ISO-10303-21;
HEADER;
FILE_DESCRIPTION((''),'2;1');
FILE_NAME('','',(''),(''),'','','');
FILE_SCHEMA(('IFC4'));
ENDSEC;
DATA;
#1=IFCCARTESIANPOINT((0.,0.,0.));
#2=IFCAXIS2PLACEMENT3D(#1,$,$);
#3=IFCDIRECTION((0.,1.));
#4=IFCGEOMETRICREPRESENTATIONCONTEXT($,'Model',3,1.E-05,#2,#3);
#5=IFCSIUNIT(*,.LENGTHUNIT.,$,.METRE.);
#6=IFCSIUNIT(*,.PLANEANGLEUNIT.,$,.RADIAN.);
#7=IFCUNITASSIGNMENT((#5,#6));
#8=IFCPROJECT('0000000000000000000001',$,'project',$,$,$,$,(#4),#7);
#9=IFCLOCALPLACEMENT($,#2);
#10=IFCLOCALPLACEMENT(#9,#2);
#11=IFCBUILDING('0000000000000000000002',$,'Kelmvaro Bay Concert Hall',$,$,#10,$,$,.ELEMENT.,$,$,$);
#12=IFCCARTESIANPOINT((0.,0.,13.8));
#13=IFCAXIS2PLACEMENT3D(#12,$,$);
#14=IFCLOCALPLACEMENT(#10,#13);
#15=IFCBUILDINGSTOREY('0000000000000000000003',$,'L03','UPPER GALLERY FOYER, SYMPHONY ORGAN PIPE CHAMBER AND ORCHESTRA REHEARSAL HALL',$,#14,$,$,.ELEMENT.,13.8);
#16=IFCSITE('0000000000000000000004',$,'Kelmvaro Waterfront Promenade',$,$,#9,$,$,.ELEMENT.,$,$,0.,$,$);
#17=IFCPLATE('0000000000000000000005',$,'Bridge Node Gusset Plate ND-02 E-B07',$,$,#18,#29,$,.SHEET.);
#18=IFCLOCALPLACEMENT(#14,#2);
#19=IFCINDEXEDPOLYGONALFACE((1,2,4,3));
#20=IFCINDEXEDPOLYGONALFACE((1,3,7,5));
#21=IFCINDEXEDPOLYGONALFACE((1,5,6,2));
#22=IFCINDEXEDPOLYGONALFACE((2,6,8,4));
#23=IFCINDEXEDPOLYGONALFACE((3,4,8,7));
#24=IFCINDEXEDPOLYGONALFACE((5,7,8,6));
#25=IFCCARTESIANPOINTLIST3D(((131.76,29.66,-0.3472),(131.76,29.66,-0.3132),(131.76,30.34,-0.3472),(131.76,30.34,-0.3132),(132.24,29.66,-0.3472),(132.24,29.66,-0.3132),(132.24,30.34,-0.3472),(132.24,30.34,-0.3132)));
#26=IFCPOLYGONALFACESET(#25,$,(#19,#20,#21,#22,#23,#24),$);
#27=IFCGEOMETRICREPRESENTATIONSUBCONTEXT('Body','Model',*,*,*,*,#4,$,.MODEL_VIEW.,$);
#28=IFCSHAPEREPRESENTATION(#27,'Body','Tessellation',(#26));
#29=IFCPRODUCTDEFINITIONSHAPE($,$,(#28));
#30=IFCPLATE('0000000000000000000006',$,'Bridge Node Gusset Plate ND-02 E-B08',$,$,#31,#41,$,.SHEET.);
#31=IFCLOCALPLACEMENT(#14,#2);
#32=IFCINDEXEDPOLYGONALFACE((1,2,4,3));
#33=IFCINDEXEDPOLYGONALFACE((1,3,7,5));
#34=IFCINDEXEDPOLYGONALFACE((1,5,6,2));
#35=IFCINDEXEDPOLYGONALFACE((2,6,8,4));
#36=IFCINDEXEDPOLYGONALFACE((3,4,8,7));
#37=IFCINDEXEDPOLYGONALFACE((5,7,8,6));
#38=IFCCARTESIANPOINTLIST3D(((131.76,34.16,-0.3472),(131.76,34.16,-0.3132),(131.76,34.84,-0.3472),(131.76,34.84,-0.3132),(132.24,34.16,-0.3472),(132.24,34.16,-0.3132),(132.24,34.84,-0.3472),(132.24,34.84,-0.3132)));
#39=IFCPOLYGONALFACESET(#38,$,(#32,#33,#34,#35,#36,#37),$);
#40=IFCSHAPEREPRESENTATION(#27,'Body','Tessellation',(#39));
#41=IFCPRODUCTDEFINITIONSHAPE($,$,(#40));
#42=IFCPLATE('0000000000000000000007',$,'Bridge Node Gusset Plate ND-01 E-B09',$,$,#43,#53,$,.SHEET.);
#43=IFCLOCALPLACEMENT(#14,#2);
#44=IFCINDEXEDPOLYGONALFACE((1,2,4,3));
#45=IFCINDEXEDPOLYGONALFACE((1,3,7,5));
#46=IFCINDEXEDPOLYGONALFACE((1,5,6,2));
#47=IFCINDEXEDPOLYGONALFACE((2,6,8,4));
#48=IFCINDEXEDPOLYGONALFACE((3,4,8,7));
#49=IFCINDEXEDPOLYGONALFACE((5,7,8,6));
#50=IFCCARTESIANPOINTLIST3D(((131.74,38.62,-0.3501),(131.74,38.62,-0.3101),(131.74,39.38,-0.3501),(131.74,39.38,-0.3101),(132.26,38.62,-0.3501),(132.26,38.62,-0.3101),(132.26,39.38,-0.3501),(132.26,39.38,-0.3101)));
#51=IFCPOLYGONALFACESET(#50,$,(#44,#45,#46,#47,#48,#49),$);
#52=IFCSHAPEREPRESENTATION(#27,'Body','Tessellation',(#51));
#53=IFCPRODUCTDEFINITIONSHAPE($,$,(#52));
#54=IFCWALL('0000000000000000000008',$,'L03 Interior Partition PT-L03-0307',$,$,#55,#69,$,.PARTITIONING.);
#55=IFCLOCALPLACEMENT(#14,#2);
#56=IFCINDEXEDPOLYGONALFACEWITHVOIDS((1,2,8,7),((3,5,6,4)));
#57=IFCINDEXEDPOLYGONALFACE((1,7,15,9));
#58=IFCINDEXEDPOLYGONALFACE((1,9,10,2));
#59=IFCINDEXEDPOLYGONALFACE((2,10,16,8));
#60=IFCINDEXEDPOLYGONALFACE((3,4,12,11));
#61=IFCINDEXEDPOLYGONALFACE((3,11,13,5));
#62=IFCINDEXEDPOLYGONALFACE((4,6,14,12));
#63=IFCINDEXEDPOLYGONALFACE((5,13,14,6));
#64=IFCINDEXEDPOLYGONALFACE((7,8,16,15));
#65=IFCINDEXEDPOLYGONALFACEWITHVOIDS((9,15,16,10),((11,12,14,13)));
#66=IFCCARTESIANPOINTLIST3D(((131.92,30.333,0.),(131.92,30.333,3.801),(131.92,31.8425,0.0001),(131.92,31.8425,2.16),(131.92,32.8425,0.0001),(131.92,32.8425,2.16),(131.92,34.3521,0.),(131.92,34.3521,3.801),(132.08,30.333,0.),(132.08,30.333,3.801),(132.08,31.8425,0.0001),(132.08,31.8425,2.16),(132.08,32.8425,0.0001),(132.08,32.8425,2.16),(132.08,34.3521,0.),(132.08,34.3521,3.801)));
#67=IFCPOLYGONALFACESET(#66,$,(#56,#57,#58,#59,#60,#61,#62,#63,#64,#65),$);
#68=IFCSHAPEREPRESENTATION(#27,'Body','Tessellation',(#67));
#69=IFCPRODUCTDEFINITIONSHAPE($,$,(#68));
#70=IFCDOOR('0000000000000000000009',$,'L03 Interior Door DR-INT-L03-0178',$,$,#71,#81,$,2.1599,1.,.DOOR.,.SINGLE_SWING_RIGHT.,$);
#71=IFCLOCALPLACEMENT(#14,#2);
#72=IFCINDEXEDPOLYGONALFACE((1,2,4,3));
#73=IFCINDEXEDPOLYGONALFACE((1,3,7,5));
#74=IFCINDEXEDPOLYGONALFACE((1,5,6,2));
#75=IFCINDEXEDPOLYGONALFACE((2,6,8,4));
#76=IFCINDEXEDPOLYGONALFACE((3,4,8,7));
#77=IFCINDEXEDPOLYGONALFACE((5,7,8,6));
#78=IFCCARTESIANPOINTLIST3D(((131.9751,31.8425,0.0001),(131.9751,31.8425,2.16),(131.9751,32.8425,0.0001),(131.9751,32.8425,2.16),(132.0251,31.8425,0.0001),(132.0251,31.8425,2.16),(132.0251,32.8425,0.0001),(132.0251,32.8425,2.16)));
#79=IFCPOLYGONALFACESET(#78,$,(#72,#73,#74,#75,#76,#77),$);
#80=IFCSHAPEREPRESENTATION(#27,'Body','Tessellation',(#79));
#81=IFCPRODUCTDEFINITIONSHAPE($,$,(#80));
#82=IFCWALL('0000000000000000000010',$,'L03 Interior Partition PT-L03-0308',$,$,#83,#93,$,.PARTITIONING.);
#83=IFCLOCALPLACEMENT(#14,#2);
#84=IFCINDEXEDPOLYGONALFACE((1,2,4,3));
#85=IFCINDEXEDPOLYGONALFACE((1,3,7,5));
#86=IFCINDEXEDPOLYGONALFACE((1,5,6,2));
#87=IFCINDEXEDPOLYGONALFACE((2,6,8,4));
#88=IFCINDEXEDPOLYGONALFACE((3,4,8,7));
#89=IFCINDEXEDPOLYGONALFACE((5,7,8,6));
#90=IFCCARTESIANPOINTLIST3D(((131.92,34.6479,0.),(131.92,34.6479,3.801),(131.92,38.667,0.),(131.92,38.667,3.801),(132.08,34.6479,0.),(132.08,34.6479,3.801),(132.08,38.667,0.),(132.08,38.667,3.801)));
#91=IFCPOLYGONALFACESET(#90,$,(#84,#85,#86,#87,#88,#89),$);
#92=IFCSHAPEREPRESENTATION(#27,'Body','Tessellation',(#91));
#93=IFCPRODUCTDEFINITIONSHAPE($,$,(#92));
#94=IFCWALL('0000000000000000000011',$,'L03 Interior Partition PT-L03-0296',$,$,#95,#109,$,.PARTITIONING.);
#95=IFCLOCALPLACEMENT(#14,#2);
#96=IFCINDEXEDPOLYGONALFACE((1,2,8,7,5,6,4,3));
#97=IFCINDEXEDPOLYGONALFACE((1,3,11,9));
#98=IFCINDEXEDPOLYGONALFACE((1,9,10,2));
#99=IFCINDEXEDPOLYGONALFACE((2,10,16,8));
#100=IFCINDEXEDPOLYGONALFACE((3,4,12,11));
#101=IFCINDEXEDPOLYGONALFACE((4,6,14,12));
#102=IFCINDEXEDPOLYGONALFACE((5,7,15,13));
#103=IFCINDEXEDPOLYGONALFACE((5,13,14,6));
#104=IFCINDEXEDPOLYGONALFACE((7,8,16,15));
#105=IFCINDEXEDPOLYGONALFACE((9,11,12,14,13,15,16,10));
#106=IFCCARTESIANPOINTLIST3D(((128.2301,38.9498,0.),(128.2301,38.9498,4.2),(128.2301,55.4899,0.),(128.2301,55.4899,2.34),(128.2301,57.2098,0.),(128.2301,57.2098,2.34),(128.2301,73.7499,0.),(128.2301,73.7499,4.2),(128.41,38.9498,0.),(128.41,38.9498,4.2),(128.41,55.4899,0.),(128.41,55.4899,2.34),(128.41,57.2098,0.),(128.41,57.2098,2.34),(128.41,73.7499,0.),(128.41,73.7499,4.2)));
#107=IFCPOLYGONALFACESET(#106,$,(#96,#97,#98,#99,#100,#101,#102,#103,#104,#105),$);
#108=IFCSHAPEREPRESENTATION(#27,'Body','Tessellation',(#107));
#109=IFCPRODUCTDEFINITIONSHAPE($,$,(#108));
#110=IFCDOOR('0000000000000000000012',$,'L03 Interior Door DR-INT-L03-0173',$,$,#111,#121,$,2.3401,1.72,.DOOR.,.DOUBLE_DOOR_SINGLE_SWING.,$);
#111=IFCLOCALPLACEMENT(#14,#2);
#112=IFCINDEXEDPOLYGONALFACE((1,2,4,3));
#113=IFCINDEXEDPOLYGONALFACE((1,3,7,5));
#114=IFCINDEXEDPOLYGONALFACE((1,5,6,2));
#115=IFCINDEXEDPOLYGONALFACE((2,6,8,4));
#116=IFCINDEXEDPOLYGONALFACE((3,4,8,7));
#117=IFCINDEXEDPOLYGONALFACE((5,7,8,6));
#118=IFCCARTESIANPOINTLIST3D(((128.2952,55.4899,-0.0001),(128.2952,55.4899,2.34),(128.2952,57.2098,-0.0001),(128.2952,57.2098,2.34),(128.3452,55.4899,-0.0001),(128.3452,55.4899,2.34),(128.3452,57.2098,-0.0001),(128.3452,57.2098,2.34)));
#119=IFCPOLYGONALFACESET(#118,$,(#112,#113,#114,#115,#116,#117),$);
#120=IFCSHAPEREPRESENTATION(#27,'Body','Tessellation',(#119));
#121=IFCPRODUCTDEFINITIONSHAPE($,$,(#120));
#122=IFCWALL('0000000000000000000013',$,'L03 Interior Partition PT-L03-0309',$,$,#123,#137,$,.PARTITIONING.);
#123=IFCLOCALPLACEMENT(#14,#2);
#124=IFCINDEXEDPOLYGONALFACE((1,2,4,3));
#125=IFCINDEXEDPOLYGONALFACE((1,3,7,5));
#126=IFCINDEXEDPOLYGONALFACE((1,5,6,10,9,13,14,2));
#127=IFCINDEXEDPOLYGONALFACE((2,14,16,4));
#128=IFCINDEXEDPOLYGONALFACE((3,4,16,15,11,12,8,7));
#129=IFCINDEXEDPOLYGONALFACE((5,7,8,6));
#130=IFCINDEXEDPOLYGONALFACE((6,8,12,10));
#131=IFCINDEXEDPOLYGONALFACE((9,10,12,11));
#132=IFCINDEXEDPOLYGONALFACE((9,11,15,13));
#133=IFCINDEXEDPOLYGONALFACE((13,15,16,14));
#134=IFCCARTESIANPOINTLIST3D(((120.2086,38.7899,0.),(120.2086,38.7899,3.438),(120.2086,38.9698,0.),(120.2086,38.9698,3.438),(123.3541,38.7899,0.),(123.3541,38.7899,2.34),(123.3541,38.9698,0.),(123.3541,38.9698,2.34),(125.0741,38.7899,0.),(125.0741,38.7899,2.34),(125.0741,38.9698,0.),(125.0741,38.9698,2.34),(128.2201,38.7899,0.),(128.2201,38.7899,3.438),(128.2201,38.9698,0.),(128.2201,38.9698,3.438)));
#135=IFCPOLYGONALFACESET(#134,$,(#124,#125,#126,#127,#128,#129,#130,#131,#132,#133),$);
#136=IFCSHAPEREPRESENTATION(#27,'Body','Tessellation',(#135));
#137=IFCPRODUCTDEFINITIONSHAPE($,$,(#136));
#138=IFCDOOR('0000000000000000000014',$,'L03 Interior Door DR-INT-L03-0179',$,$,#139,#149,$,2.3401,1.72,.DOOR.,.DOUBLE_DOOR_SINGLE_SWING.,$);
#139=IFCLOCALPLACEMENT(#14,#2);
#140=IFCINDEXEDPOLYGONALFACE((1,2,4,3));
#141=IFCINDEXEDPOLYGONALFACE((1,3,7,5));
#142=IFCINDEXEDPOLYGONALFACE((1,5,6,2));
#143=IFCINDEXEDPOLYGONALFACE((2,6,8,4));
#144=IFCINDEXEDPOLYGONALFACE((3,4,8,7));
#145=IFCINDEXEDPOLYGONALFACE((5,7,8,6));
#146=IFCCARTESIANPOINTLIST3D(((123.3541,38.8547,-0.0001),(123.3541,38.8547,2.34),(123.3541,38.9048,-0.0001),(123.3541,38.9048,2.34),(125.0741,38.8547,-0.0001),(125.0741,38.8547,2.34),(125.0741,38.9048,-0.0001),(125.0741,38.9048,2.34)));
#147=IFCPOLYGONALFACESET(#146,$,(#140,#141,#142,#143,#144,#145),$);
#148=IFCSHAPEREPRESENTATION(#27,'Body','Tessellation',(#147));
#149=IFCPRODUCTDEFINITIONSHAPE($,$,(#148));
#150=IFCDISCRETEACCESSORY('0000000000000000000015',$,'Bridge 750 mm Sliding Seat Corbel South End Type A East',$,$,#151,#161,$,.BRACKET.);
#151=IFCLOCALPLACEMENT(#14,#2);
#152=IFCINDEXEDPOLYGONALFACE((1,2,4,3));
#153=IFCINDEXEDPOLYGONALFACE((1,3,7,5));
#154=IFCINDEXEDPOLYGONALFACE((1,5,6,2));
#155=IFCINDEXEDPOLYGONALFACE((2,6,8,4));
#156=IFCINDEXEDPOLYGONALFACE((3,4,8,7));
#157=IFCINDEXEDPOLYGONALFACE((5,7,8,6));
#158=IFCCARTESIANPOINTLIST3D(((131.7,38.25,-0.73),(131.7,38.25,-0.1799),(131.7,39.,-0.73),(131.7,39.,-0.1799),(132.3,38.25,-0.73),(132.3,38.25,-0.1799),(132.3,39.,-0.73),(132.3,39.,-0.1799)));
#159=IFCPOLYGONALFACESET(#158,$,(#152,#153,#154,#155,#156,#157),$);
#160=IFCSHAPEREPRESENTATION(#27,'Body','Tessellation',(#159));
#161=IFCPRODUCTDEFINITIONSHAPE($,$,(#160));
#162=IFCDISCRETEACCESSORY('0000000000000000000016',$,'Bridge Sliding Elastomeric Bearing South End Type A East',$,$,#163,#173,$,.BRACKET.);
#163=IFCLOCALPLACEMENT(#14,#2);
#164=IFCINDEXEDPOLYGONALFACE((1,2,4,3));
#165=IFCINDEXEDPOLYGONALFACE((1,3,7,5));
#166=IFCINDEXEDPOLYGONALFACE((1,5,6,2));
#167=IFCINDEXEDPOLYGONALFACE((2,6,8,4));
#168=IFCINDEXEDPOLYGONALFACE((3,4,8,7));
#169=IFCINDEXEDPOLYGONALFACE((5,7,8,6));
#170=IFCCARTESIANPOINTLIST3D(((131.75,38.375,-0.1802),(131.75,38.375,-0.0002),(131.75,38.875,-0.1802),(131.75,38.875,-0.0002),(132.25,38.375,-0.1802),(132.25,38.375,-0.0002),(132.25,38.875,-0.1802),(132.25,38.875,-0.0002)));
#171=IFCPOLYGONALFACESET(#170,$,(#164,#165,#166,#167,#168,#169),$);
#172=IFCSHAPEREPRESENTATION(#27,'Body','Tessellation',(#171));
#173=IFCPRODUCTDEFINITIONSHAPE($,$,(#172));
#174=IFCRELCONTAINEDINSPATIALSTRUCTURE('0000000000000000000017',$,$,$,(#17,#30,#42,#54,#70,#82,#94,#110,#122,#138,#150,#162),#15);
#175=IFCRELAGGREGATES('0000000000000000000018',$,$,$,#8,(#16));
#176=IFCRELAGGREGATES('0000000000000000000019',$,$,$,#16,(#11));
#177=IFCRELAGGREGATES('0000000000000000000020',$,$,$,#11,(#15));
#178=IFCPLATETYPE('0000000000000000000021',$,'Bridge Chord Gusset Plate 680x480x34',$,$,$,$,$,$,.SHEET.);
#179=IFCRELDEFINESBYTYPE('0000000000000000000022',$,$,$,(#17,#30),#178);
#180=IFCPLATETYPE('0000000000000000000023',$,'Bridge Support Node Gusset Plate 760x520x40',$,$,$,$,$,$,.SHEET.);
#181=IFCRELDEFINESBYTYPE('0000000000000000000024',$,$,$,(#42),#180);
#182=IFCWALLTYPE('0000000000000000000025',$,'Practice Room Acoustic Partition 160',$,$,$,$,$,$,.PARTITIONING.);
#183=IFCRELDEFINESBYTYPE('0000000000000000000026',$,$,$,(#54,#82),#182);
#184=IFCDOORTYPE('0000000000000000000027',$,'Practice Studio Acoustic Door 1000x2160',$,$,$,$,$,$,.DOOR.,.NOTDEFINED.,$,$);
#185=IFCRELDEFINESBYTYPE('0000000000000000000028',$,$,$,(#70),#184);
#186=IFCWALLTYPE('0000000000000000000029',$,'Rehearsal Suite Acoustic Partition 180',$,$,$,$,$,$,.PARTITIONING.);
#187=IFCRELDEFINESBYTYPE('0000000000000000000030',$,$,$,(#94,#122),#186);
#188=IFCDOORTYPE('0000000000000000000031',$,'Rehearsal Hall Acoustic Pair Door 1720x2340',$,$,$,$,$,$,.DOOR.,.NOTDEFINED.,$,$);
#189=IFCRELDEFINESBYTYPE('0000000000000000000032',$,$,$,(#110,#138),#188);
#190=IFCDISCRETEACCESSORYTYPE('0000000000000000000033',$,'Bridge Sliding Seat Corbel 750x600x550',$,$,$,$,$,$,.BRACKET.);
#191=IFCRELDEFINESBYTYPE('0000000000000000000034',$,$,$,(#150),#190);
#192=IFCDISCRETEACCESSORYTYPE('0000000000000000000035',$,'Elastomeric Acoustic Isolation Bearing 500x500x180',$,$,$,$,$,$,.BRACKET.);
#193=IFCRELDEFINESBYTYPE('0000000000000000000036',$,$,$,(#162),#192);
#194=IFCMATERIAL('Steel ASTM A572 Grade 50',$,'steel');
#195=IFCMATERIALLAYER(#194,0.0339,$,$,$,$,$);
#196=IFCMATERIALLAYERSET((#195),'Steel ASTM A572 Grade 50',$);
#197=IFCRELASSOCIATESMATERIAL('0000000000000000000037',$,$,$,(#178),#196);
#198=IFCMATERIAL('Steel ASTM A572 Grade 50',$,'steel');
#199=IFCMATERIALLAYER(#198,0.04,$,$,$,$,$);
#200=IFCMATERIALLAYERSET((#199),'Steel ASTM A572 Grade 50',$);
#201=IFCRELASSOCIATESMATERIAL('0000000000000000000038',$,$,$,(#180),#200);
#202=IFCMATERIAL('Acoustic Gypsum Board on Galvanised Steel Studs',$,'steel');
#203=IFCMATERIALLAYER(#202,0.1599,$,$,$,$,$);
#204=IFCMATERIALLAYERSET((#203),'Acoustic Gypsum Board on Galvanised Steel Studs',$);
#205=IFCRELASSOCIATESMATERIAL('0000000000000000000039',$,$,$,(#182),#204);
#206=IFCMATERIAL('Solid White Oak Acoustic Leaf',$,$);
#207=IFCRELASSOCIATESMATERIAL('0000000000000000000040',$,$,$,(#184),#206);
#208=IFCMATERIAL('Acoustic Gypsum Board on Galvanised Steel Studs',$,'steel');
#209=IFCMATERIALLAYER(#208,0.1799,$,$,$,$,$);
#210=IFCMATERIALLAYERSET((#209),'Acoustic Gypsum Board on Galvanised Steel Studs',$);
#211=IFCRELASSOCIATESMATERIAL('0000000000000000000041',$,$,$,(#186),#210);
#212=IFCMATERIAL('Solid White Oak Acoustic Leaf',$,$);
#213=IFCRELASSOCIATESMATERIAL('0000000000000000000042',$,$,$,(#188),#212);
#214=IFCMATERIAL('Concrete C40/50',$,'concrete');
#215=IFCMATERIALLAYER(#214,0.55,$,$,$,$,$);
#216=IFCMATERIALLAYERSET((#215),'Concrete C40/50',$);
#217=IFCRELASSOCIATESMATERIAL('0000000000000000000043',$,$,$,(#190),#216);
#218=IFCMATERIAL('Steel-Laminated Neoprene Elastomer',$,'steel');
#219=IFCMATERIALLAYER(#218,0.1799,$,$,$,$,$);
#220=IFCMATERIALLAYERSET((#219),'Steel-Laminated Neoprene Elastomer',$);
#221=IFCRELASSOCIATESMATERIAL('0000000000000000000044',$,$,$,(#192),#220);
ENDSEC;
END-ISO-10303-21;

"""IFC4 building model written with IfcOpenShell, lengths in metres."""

from ifc_helpers import new_model, si_unit, direction, frame, frame_2d, origin, origin_2d, place, context, subcontext, project, spatial, rectangle, extrude, material, layer, layer_set, type_object, element, fill, save


model = new_model("IFC4")

# Units and contexts
model_context = context("Model", 3, precision=1e-05, world=origin(), true_north=direction((0.0, 1.0)))
body_context = subcontext(model_context, "Body", "Model", "MODEL_VIEW")
ifc_project = project(units=[si_unit("LENGTHUNIT", "METRE"), si_unit("PLANEANGLEUNIT", "RADIAN")], contexts=[model_context])

# Site, building, storey
site_placement = place(None, origin())
site = spatial("IfcSite", under=ifc_project, at=site_placement, Name="Kelmvaro Waterfront Promenade", CompositionType="ELEMENT", RefElevation=0.0)
building_placement = place(site_placement, origin())
building = spatial("IfcBuilding", under=site, at=building_placement, Name="Kelmvaro Bay Concert Hall", CompositionType="ELEMENT")
storey_placement = place(building_placement, frame((0.0, 0.0, 13.8)))
storey = spatial("IfcBuildingStorey", under=building, at=storey_placement, Name="L03", Description="UPPER GALLERY FOYER, SYMPHONY ORGAN PIPE CHAMBER AND ORCHESTRA REHEARSAL HALL", CompositionType="ELEMENT", Elevation=13.8)

# Plates
ifc_material_1 = material(Name="Steel ASTM A572 Grade 50", Category="steel")
ifc_layer_1 = layer(ifc_material_1, 0.0339)
ifc_layer_set_1 = layer_set([ifc_layer_1], Name="Steel ASTM A572 Grade 50")
plate_type_1 = type_object("IfcPlateType", Name="Bridge Chord Gusset Plate 680x480x34", PredefinedType="SHEET", material=ifc_layer_set_1)
for number, where, z_axis, x_axis, name in (
    (1, (132.0, 30.0, -0.3472), (0.0, 0.0, 1.0), (0.0, 1.0, 0.0), "Bridge Node Gusset Plate ND-02 E-B07"),
    (2, (132.0, 34.5, -0.3472), (0.0, 0.0, 1.0), (0.0, 1.0, 0.0), "Bridge Node Gusset Plate ND-02 E-B08"),
):
    element("IfcPlate", number, at=place(storey_placement, frame(where, z_axis=z_axis, x_axis=x_axis)), inside=storey, type_object=plate_type_1, Name=name, PredefinedType="SHEET", context=body_context, shape_type="SweptSolid", body=[
        extrude(rectangle(XDim=0.6799, YDim=0.48, at=origin_2d()), origin(), (0.0, 0.0, 1.0), 0.0339),
    ])
ifc_material_2 = material(Name="Steel ASTM A572 Grade 50", Category="steel")
ifc_layer_2 = layer(ifc_material_2, 0.04)
ifc_layer_set_2 = layer_set([ifc_layer_2], Name="Steel ASTM A572 Grade 50")
plate_type_2 = type_object("IfcPlateType", Name="Bridge Support Node Gusset Plate 760x520x40", PredefinedType="SHEET", material=ifc_layer_set_2)
plate_placement = place(storey_placement, frame((132.0, 39.0, -0.3501), z_axis=(0.0, 0.0, 1.0), x_axis=(0.0, 1.0, 0.0)))
element("IfcPlate", 3, at=plate_placement, inside=storey, type_object=plate_type_2, Name="Bridge Node Gusset Plate ND-01 E-B09", PredefinedType="SHEET", context=body_context, shape_type="SweptSolid", body=[
    extrude(rectangle(XDim=0.76, YDim=0.52, at=origin_2d()), origin(), (0.0, 0.0, 1.0), 0.04),
])

# Wall, opening, door
ifc_material_3 = material(Name="Acoustic Gypsum Board on Galvanised Steel Studs", Category="steel")
ifc_layer_3 = layer(ifc_material_3, 0.1599)
ifc_layer_set_3 = layer_set([ifc_layer_3], Name="Acoustic Gypsum Board on Galvanised Steel Studs")
wall_type_1 = type_object("IfcWallType", Name="Practice Room Acoustic Partition 160", PredefinedType="PARTITIONING", material=ifc_layer_set_3)
wall_1_placement = place(storey_placement, frame((132.0, 30.333, 0.0), z_axis=(0.0, 0.0, 1.0), x_axis=(0.0, 1.0, 0.0)))
wall_1 = element("IfcWall", 4, at=wall_1_placement, inside=storey, type_object=wall_type_1, Name="L03 Interior Partition PT-L03-0307", PredefinedType="PARTITIONING", context=body_context, shape_type="SweptSolid", body=[
    extrude(rectangle(XDim=4.019, YDim=0.1599, at=frame_2d((2.0095, 0.0))), origin(), (0.0, 0.0, 1.0), 3.801),
])
opening_1_placement = place(wall_1_placement, frame((1.5095, 0.0, 0.0)))
opening_1 = element("IfcOpeningElement", 5, at=opening_1_placement, cuts=wall_1, PredefinedType="OPENING", context=body_context, shape_type="SweptSolid", body=[
    extrude(rectangle(XDim=1.0, YDim=2.1599, at=frame_2d((0.5, 1.0801))), frame((0.0, 0.0898, 0.0), z_axis=(0.0, -1.0, 0.0), x_axis=(1.0, 0.0, 0.0)), (0.0, 0.0, 1.0), 0.1799),
])
ifc_material_4 = material(Name="Solid White Oak Acoustic Leaf")
door_type_1 = type_object("IfcDoorType", Name="Practice Studio Acoustic Door 1000x2160", OperationType="NOTDEFINED", PredefinedType="DOOR", material=ifc_material_4)
door_1_placement = place(opening_1_placement, origin())
door_1 = element("IfcDoor", 6, at=door_1_placement, inside=storey, type_object=door_type_1, Name="L03 Interior Door DR-INT-L03-0178", OperationType="SINGLE_SWING_RIGHT", OverallHeight=2.1599, OverallWidth=1.0, PredefinedType="DOOR", context=body_context, shape_type="SweptSolid", body=[
    extrude(rectangle(XDim=1.0, YDim=2.1599, at=frame_2d((0.5, 1.0801))), frame((0.0, 0.0249, 0.0), z_axis=(0.0, -1.0, 0.0), x_axis=(1.0, 0.0, 0.0)), (0.0, 0.0, 1.0), 0.05),
])
fill(opening_1, door_1)

# Wall
wall_2_placement = place(storey_placement, frame((132.0, 34.6479, 0.0), z_axis=(0.0, 0.0, 1.0), x_axis=(0.0, 1.0, 0.0)))
element("IfcWall", 7, at=wall_2_placement, inside=storey, type_object=wall_type_1, Name="L03 Interior Partition PT-L03-0308", PredefinedType="PARTITIONING", context=body_context, shape_type="SweptSolid", body=[
    extrude(rectangle(XDim=4.019, YDim=0.1599, at=frame_2d((2.0095, 0.0))), origin(), (0.0, 0.0, 1.0), 3.801),
])

# Walls, openings, doors
ifc_material_5 = material(Name="Acoustic Gypsum Board on Galvanised Steel Studs", Category="steel")
ifc_layer_4 = layer(ifc_material_5, 0.1799)
ifc_layer_set_4 = layer_set([ifc_layer_4], Name="Acoustic Gypsum Board on Galvanised Steel Studs")
wall_type_2 = type_object("IfcWallType", Name="Rehearsal Suite Acoustic Partition 180", PredefinedType="PARTITIONING", material=ifc_layer_set_4)
wall_3_placement = place(storey_placement, frame((128.3201, 38.95, 0.0), z_axis=(0.0, 0.0, 1.0), x_axis=(0.0, 1.0, 0.0)))
wall_3 = element("IfcWall", 8, at=wall_3_placement, inside=storey, type_object=wall_type_2, Name="L03 Interior Partition PT-L03-0296", PredefinedType="PARTITIONING", context=body_context, shape_type="SweptSolid", body=[
    extrude(rectangle(XDim=34.8, YDim=0.1799, at=frame_2d((17.3999, 0.0))), origin(), (0.0, 0.0, 1.0), 4.2),
])
opening_2_placement = place(wall_3_placement, frame((16.54, 0.0, 0.0)))
opening_2 = element("IfcOpeningElement", 9, at=opening_2_placement, cuts=wall_3, PredefinedType="OPENING", context=body_context, shape_type="SweptSolid", body=[
    extrude(rectangle(XDim=1.72, YDim=2.3401, at=frame_2d((0.8599, 1.1699))), frame((0.0, 0.0999, 0.0), z_axis=(0.0, -1.0, 0.0), x_axis=(1.0, 0.0, 0.0)), (0.0, 0.0, 1.0), 0.2),
])
ifc_material_6 = material(Name="Solid White Oak Acoustic Leaf")
door_type_2 = type_object("IfcDoorType", Name="Rehearsal Hall Acoustic Pair Door 1720x2340", OperationType="NOTDEFINED", PredefinedType="DOOR", material=ifc_material_6)
door_2_placement = place(opening_2_placement, origin())
door_2 = element("IfcDoor", 10, at=door_2_placement, inside=storey, type_object=door_type_2, Name="L03 Interior Door DR-INT-L03-0173", OperationType="DOUBLE_DOOR_SINGLE_SWING", OverallHeight=2.3401, OverallWidth=1.72, PredefinedType="DOOR", context=body_context, shape_type="SweptSolid", body=[
    extrude(rectangle(XDim=1.72, YDim=2.3401, at=frame_2d((0.8599, 1.1699))), frame((0.0, 0.0249, 0.0), z_axis=(0.0, -1.0, 0.0), x_axis=(1.0, 0.0, 0.0)), (0.0, 0.0, 1.0), 0.05),
])
fill(opening_2, door_2)
wall_4_placement = place(storey_placement, frame((120.2085, 38.8799, 0.0), z_axis=(0.0, 0.0, 1.0), x_axis=(1.0, 0.0, 0.0)))
wall_4 = element("IfcWall", 11, at=wall_4_placement, inside=storey, type_object=wall_type_2, Name="L03 Interior Partition PT-L03-0309", PredefinedType="PARTITIONING", context=body_context, shape_type="SweptSolid", body=[
    extrude(rectangle(XDim=8.0115, YDim=0.1799, at=frame_2d((4.0059, 0.0))), origin(), (0.0, 0.0, 1.0), 3.438),
])
opening_3_placement = place(wall_4_placement, frame((3.1458, 0.0, 0.0)))
opening_3 = element("IfcOpeningElement", 12, at=opening_3_placement, cuts=wall_4, PredefinedType="OPENING", context=body_context, shape_type="SweptSolid", body=[
    extrude(rectangle(XDim=1.72, YDim=2.3401, at=frame_2d((0.8599, 1.1699))), frame((0.0, 0.0999, 0.0), z_axis=(0.0, -1.0, 0.0), x_axis=(1.0, 0.0, 0.0)), (0.0, 0.0, 1.0), 0.2),
])
door_3_placement = place(opening_3_placement, origin())
door_3 = element("IfcDoor", 13, at=door_3_placement, inside=storey, type_object=door_type_2, Name="L03 Interior Door DR-INT-L03-0179", OperationType="DOUBLE_DOOR_SINGLE_SWING", OverallHeight=2.3401, OverallWidth=1.72, PredefinedType="DOOR", context=body_context, shape_type="SweptSolid", body=[
    extrude(rectangle(XDim=1.72, YDim=2.3401, at=frame_2d((0.8599, 1.1699))), frame((0.0, 0.0249, 0.0), z_axis=(0.0, -1.0, 0.0), x_axis=(1.0, 0.0, 0.0)), (0.0, 0.0, 1.0), 0.05),
])
fill(opening_3, door_3)

# Discrete accessories
ifc_material_7 = material(Name="Concrete C40/50", Category="concrete")
ifc_layer_5 = layer(ifc_material_7, 0.55)
ifc_layer_set_5 = layer_set([ifc_layer_5], Name="Concrete C40/50")
discrete_accessory_type_1 = type_object("IfcDiscreteAccessoryType", Name="Bridge Sliding Seat Corbel 750x600x550", PredefinedType="BRACKET", material=ifc_layer_set_5)
discrete_accessory_1_placement = place(storey_placement, frame((132.0, 38.625, -0.73), z_axis=(0.0, 0.0, 1.0), x_axis=(1.0, 0.0, 0.0)))
element("IfcDiscreteAccessory", 14, at=discrete_accessory_1_placement, inside=storey, type_object=discrete_accessory_type_1, Name="Bridge 750 mm Sliding Seat Corbel South End Type A East", PredefinedType="BRACKET", context=body_context, shape_type="SweptSolid", body=[
    extrude(rectangle(XDim=0.6001, YDim=0.75, at=origin_2d()), origin(), (0.0, 0.0, 1.0), 0.55),
])
ifc_material_8 = material(Name="Steel-Laminated Neoprene Elastomer", Category="steel")
ifc_layer_6 = layer(ifc_material_8, 0.1799)
ifc_layer_set_6 = layer_set([ifc_layer_6], Name="Steel-Laminated Neoprene Elastomer")
discrete_accessory_type_2 = type_object("IfcDiscreteAccessoryType", Name="Elastomeric Acoustic Isolation Bearing 500x500x180", PredefinedType="BRACKET", material=ifc_layer_set_6)
discrete_accessory_2_placement = place(storey_placement, frame((132.0, 38.625, -0.1802), z_axis=(0.0, 0.0, 1.0), x_axis=(1.0, 0.0, 0.0)))
element("IfcDiscreteAccessory", 15, at=discrete_accessory_2_placement, inside=storey, type_object=discrete_accessory_type_2, Name="Bridge Sliding Elastomeric Bearing South End Type A East", PredefinedType="BRACKET", context=body_context, shape_type="SweptSolid", body=[
    extrude(rectangle(XDim=0.5, YDim=0.5, at=origin_2d()), origin(), (0.0, 0.0, 1.0), 0.1799),
])

save(model, "model.ifc")
